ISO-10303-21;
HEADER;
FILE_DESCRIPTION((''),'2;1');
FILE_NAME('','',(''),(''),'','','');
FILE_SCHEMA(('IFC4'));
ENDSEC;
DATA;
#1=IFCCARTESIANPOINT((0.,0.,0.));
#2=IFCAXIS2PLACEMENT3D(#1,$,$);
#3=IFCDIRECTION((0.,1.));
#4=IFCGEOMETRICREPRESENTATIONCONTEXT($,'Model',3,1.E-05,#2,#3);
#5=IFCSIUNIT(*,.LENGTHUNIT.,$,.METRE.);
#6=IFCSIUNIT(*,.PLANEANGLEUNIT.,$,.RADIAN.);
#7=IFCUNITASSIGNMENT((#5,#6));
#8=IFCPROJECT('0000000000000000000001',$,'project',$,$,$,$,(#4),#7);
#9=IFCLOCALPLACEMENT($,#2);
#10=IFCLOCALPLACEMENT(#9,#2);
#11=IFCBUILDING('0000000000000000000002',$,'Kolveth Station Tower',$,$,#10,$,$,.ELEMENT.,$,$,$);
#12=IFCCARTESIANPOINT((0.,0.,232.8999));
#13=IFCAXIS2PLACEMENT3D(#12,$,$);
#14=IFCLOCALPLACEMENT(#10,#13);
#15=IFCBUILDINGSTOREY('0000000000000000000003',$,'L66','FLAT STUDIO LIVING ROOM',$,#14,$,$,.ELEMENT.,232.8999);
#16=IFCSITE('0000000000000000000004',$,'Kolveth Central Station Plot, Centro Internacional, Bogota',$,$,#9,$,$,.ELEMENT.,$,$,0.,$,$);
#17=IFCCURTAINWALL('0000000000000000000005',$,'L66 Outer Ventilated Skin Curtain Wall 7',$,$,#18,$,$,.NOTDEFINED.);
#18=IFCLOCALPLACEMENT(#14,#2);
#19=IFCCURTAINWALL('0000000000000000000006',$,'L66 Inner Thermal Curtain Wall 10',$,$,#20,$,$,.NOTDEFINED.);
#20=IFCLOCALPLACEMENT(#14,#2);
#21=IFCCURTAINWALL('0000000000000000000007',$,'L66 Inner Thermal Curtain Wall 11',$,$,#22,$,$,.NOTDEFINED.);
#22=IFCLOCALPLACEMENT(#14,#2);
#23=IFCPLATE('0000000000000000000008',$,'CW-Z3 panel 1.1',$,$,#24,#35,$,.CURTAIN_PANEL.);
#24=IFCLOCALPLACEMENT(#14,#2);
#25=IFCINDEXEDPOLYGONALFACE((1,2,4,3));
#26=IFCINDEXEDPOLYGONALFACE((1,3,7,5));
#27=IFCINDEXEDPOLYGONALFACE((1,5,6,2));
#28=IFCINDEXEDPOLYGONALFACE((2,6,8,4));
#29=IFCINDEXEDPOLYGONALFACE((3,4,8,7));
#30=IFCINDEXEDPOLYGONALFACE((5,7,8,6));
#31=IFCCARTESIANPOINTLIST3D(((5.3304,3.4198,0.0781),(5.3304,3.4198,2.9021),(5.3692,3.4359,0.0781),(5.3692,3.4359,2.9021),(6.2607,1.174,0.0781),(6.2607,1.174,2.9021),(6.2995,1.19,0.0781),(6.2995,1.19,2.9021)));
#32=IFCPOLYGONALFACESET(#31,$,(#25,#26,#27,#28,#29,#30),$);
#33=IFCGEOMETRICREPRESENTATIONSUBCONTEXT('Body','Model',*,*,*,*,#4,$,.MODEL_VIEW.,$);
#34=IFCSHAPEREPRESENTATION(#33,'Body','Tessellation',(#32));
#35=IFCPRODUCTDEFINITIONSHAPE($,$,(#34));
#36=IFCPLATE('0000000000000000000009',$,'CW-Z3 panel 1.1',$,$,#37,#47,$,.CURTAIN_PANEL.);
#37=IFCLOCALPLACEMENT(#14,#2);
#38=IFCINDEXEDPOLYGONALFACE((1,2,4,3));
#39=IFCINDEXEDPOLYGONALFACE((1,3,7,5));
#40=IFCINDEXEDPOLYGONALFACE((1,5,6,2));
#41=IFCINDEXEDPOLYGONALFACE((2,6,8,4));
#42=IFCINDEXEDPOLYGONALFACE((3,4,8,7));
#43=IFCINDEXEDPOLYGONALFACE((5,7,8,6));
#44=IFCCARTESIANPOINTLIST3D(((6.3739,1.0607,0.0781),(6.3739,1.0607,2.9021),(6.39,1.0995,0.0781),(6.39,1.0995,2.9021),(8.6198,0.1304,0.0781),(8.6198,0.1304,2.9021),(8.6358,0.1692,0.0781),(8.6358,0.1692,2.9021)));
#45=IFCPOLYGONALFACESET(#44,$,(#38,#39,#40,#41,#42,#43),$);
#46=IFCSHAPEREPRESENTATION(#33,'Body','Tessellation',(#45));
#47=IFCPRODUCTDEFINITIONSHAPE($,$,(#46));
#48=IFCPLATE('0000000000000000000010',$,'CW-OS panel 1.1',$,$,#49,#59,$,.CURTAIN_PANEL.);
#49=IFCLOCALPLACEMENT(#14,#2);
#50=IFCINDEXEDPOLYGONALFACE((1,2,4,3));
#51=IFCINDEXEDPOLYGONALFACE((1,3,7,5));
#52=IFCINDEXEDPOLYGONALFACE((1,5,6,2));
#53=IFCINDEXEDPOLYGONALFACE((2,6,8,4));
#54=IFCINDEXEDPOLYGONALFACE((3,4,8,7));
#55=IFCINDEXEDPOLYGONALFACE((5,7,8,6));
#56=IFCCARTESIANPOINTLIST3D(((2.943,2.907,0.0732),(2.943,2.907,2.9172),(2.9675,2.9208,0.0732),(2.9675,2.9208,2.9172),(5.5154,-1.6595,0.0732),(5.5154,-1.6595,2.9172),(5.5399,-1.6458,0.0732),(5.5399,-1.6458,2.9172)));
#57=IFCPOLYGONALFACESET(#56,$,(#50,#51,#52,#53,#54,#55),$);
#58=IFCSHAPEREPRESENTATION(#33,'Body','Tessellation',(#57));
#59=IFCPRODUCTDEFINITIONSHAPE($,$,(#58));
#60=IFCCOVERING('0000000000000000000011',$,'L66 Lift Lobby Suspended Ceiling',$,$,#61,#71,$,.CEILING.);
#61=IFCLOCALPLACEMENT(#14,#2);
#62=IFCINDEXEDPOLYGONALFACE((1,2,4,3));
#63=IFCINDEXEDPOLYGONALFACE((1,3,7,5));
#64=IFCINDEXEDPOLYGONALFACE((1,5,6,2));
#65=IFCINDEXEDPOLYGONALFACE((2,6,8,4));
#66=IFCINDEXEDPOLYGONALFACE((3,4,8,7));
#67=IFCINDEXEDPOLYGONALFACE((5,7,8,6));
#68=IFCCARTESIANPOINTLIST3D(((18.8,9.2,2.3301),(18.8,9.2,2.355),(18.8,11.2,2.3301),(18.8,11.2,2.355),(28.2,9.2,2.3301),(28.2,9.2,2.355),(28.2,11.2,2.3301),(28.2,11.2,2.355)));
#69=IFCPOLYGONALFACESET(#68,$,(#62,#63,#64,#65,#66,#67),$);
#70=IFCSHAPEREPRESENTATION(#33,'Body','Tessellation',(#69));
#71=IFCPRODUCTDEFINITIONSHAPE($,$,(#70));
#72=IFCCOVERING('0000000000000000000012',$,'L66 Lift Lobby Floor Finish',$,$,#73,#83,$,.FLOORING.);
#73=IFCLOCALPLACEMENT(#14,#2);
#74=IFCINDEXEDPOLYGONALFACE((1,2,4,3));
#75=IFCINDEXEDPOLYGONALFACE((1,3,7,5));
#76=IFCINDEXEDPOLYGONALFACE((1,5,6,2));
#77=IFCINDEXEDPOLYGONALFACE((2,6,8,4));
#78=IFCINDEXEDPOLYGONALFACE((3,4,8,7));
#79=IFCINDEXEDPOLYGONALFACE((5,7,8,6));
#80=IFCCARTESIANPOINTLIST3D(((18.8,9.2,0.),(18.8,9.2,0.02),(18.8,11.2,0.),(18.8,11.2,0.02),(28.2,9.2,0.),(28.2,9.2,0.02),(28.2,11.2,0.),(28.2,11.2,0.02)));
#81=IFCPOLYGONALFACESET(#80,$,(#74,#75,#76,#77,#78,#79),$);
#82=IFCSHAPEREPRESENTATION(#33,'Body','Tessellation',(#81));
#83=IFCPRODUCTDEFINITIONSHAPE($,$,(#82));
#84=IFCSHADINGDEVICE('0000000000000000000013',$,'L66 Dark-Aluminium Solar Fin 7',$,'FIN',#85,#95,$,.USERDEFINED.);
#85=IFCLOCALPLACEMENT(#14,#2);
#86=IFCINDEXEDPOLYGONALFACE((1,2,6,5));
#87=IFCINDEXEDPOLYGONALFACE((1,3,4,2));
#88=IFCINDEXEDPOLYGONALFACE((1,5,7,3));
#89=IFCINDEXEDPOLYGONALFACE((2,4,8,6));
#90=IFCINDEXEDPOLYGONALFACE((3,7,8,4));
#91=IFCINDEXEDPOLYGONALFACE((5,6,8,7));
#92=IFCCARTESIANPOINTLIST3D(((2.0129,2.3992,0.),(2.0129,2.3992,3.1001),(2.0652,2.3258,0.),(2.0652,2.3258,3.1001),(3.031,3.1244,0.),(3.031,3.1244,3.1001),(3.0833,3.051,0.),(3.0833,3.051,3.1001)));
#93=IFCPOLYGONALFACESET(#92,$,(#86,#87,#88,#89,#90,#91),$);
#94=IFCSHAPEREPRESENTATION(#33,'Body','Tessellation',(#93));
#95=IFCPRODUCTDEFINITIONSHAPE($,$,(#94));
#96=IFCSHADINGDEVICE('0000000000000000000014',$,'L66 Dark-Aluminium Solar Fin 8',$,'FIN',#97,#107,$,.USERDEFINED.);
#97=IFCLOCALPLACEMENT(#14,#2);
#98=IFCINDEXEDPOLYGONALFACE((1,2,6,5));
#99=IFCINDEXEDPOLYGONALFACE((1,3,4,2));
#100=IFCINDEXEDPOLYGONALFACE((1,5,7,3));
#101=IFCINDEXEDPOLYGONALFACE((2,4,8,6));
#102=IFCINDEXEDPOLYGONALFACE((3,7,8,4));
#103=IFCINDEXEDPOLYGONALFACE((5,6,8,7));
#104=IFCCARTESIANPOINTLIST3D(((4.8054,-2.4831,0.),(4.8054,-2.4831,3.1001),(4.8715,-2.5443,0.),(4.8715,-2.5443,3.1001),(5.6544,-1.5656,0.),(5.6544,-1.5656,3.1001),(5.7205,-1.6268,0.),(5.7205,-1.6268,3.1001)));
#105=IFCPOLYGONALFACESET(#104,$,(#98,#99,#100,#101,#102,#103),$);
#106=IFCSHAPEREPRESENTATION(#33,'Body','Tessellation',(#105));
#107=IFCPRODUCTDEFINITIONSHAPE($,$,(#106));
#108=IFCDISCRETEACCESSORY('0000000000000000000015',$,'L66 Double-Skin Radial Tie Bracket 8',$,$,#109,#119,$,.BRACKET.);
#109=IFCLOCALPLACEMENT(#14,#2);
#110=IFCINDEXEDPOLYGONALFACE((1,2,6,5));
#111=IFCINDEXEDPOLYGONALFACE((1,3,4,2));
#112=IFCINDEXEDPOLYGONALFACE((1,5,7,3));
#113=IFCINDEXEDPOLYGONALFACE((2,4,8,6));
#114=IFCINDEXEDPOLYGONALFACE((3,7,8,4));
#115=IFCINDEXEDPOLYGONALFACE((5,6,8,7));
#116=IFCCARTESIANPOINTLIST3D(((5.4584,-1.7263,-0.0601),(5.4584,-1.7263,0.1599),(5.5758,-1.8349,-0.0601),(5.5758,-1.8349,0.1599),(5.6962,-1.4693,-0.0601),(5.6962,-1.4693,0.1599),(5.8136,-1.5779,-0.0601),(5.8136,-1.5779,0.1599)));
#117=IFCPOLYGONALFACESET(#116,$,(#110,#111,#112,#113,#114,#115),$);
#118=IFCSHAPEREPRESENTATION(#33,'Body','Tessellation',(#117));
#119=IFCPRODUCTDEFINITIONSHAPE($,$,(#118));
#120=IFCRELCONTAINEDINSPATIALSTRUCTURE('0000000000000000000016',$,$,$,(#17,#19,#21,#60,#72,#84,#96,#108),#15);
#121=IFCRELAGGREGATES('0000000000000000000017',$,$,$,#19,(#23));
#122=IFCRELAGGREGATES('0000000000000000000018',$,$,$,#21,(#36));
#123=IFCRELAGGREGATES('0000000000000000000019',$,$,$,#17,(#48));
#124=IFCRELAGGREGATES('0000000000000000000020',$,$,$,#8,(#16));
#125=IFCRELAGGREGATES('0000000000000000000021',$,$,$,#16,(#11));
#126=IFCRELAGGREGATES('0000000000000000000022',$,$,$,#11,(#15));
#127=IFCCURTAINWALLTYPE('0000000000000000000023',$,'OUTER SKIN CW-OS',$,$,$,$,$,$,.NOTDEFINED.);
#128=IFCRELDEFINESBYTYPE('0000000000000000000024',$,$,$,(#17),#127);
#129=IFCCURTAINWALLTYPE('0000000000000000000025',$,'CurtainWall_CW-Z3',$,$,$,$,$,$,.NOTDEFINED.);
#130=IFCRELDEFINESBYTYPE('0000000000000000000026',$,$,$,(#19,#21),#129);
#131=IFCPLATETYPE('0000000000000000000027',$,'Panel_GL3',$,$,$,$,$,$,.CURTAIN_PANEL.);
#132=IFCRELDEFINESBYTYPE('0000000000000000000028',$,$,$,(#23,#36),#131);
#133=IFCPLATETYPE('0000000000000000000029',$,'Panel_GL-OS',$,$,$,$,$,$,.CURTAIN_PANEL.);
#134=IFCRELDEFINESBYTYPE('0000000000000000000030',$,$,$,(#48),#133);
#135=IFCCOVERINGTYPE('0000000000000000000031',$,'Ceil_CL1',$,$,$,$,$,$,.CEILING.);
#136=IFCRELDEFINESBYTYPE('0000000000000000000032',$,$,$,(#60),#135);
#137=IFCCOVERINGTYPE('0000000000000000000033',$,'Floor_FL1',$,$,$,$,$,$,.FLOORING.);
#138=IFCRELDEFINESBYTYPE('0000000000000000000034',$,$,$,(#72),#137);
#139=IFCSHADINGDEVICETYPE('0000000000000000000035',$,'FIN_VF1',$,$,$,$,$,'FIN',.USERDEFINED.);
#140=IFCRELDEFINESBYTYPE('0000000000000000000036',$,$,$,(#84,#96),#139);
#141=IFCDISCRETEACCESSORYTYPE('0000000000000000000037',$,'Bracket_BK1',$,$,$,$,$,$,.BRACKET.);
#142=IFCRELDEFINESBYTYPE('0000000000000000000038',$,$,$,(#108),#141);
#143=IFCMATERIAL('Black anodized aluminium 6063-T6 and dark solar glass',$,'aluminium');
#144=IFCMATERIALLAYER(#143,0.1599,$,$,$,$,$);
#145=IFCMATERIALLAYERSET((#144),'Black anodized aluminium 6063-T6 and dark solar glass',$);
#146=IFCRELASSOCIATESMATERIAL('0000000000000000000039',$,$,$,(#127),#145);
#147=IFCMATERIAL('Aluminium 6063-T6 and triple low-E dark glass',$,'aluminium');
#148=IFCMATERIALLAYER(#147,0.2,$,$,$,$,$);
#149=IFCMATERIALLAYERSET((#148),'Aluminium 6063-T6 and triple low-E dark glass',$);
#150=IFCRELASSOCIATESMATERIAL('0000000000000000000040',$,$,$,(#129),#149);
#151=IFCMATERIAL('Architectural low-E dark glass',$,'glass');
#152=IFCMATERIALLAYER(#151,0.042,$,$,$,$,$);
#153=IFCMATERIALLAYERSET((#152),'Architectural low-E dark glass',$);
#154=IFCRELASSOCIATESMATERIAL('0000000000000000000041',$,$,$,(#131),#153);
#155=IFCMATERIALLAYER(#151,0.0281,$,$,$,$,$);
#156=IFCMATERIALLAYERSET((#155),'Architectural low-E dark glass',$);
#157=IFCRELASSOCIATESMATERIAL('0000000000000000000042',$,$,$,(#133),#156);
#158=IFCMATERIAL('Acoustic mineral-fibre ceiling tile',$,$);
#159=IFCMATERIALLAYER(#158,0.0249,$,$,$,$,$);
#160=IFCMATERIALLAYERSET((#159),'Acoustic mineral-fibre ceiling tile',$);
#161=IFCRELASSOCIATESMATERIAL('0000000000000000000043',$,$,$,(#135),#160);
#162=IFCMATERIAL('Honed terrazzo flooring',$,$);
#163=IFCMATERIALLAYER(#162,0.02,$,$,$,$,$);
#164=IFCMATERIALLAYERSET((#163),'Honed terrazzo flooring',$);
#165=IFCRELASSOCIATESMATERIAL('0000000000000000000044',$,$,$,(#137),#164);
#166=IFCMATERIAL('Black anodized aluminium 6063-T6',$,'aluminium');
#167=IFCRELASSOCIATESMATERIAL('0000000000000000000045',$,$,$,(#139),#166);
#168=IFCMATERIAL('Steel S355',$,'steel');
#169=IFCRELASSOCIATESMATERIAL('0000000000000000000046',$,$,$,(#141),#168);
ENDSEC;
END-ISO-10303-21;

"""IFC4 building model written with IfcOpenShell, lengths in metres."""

from ifc_helpers import new_model, si_unit, direction, frame, origin, origin_2d, place, context, subcontext, project, spatial, polyline, rectangle, outline, extrude, source, transform, mapped, material, layer, layer_set, type_object, element, aggregate, save


model = new_model("IFC4")

# Units and contexts
model_context = context("Model", 3, precision=1e-05, world=origin(), true_north=direction((0.0, 1.0)))
body_context = subcontext(model_context, "Body", "Model", "MODEL_VIEW")
ifc_project = project(units=[si_unit("LENGTHUNIT", "METRE"), si_unit("PLANEANGLEUNIT", "RADIAN")], contexts=[model_context])

# Site, building, storey
site_placement = place(None, origin())
site = spatial("IfcSite", under=ifc_project, at=site_placement, Name="Kolveth Central Station Plot, Centro Internacional, Bogota", CompositionType="ELEMENT", RefElevation=0.0)
building_placement = place(site_placement, origin())
building = spatial("IfcBuilding", under=site, at=building_placement, Name="Kolveth Station Tower", CompositionType="ELEMENT")
storey_placement = place(building_placement, frame((0.0, 0.0, 232.8999)))
storey = spatial("IfcBuildingStorey", under=building, at=storey_placement, Name="L66", Description="FLAT STUDIO LIVING ROOM", CompositionType="ELEMENT", Elevation=232.8999)

# Curtain walls
ifc_material_1 = material(Name="Black anodized aluminium 6063-T6 and dark solar glass", Category="aluminium")
ifc_layer_1 = layer(ifc_material_1, 0.1599)
ifc_layer_set_1 = layer_set([ifc_layer_1], Name="Black anodized aluminium 6063-T6 and dark solar glass")
curtain_wall_type_1 = type_object("IfcCurtainWallType", Name="OUTER SKIN CW-OS", PredefinedType="NOTDEFINED", material=ifc_layer_set_1)
curtain_wall_1_placement = place(storey_placement, origin())
curtain_wall_1 = element("IfcCurtainWall", 1, at=curtain_wall_1_placement, inside=storey, type_object=curtain_wall_type_1, Name="L66 Outer Ventilated Skin Curtain Wall 7", PredefinedType="NOTDEFINED")
ifc_material_2 = material(Name="Black anodized aluminium 6063-T6", Category="aluminium")
ifc_material_3 = material(Name="Aluminium 6063-T6 and triple low-E dark glass", Category="aluminium")
ifc_layer_2 = layer(ifc_material_3, 0.2)
ifc_layer_set_2 = layer_set([ifc_layer_2], Name="Aluminium 6063-T6 and triple low-E dark glass")
curtain_wall_type_2 = type_object("IfcCurtainWallType", Name="CurtainWall_CW-Z3", PredefinedType="NOTDEFINED", material=ifc_layer_set_2)
curtain_wall_2_placement = place(storey_placement, origin())
curtain_wall_2 = element("IfcCurtainWall", 2, at=curtain_wall_2_placement, inside=storey, type_object=curtain_wall_type_2, Name="L66 Inner Thermal Curtain Wall 10", PredefinedType="NOTDEFINED")

# Curtain wall
curtain_wall_3_placement = place(storey_placement, origin())
curtain_wall_3 = element("IfcCurtainWall", 3, at=curtain_wall_3_placement, inside=storey, type_object=curtain_wall_type_2, Name="L66 Inner Thermal Curtain Wall 11", PredefinedType="NOTDEFINED")

# Plates
ifc_material_4 = material(Name="Architectural low-E dark glass", Category="glass")
ifc_layer_3 = layer(ifc_material_4, 0.042)
ifc_layer_set_3 = layer_set([ifc_layer_3], Name="Architectural low-E dark glass")
plate_type_1 = type_object("IfcPlateType", Name="Panel_GL3", PredefinedType="CURTAIN_PANEL", material=ifc_layer_set_3)
shared_shape_1 = source(origin(), body_context, "Body", "SweptSolid", [
    extrude(rectangle(XDim=2.4309, YDim=0.042, at=origin_2d()), origin(), (0.0, 0.0, 1.0), 2.824),
])
plate_1_placement = place(storey_placement, frame((5.8149, 2.3049, 0.0781), z_axis=(0.0, 0.0, 1.0), x_axis=(0.382693, -0.923875, 0.0)))
plate_1 = element("IfcPlate", 4, at=plate_1_placement, type_object=plate_type_1, Name="CW-Z3 panel 1.1", PredefinedType="CURTAIN_PANEL", context=body_context, shape_type="MappedRepresentation", body=[
    mapped(shared_shape_1, transform((0.0, 0.0, 0.0), x_axis=(1.0, 0.0, 0.0), y_axis=(0.0, 1.0, 0.0), z_axis=(0.0, 0.0, 1.0), scale=1.0)),
])
aggregate(curtain_wall_2, [plate_1])
plate_2_placement = place(storey_placement, frame((7.5049, 0.615, 0.0781), z_axis=(0.0, 0.0, 1.0), x_axis=(0.923875, -0.382693, 0.0)))
plate_2 = element("IfcPlate", 5, at=plate_2_placement, type_object=plate_type_1, Name="CW-Z3 panel 1.1", PredefinedType="CURTAIN_PANEL", context=body_context, shape_type="MappedRepresentation", body=[
    mapped(shared_shape_1, transform((0.0, 0.0, 0.0), x_axis=(1.0, 0.0, 0.0), y_axis=(0.0, 1.0, 0.0), z_axis=(0.0, 0.0, 1.0), scale=1.0)),
])
aggregate(curtain_wall_3, [plate_2])
ifc_layer_4 = layer(ifc_material_4, 0.0281)
ifc_layer_set_4 = layer_set([ifc_layer_4], Name="Architectural low-E dark glass")
plate_type_2 = type_object("IfcPlateType", Name="Panel_GL-OS", PredefinedType="CURTAIN_PANEL", material=ifc_layer_set_4)
shared_shape_2 = source(origin(), body_context, "Body", "SweptSolid", [
    extrude(rectangle(XDim=5.2412, YDim=0.0281, at=origin_2d()), origin(), (0.0, 0.0, 1.0), 2.844),
])
plate_3_placement = place(storey_placement, frame((4.2415, 0.6306, 0.0732), z_axis=(0.0, 0.0, 1.0), x_axis=(0.490802, -0.871271, 0.0)))
plate_3 = element("IfcPlate", 6, at=plate_3_placement, type_object=plate_type_2, Name="CW-OS panel 1.1", PredefinedType="CURTAIN_PANEL", context=body_context, shape_type="MappedRepresentation", body=[
    mapped(shared_shape_2, transform((0.0, 0.0, 0.0), x_axis=(1.0, 0.0, 0.0), y_axis=(0.0, 1.0, 0.0), z_axis=(0.0, 0.0, 1.0), scale=1.0)),
])
aggregate(curtain_wall_1, [plate_3])

# Coverings
ifc_material_5 = material(Name="Acoustic mineral-fibre ceiling tile")
ifc_layer_5 = layer(ifc_material_5, 0.0249)
ifc_layer_set_5 = layer_set([ifc_layer_5], Name="Acoustic mineral-fibre ceiling tile")
covering_type_1 = type_object("IfcCoveringType", Name="Ceil_CL1", PredefinedType="CEILING", material=ifc_layer_set_5)
covering_1_placement = place(storey_placement, frame((0.0, 0.0, 2.3301)))
element("IfcCovering", 7, at=covering_1_placement, inside=storey, type_object=covering_type_1, Name="L66 Lift Lobby Suspended Ceiling", PredefinedType="CEILING", context=body_context, shape_type="SweptSolid", body=[
    extrude(outline(polyline([(18.8, 9.2), (28.2, 9.2), (28.2, 11.2), (18.8, 11.2), (18.8, 9.2)])), origin(), (0.0, 0.0, 1.0), 0.0249),
])
ifc_material_6 = material(Name="Honed terrazzo flooring")
ifc_layer_6 = layer(ifc_material_6, 0.02)
ifc_layer_set_6 = layer_set([ifc_layer_6], Name="Honed terrazzo flooring")
covering_type_2 = type_object("IfcCoveringType", Name="Floor_FL1", PredefinedType="FLOORING", material=ifc_layer_set_6)
covering_2_placement = place(storey_placement, origin())
element("IfcCovering", 8, at=covering_2_placement, inside=storey, type_object=covering_type_2, Name="L66 Lift Lobby Floor Finish", PredefinedType="FLOORING", context=body_context, shape_type="SweptSolid", body=[
    extrude(outline(polyline([(18.8, 9.2), (28.2, 9.2), (28.2, 11.2), (18.8, 11.2), (18.8, 9.2)])), origin(), (0.0, 0.0, 1.0), 0.02),
])

# Shading devices
shading_device_type = type_object("IfcShadingDeviceType", Name="FIN_VF1", ElementType="FIN", PredefinedType="USERDEFINED", material=ifc_material_2)
shared_shape_3 = source(origin(), body_context, "Body", "SweptSolid", [
    extrude(rectangle(XDim=1.25, YDim=0.0901, at=origin_2d()), origin(), (0.0, 0.0, 1.0), 3.1001),
])
for number, where, z_axis, x_axis, name in (
    (9, (2.5481, 2.7251, 0.0), (0.0, 0.0, 1.0), (-0.814521, -0.580134, 0.0), "L66 Dark-Aluminium Solar Fin 7"),
    (10, (5.2629, -2.0549, 0.0), (0.0, 0.0, 1.0), (-0.679185, -0.733967, 0.0), "L66 Dark-Aluminium Solar Fin 8"),
):
    element("IfcShadingDevice", number, at=place(storey_placement, frame(where, z_axis=z_axis, x_axis=x_axis)), inside=storey, type_object=shading_device_type, Name=name, ObjectType="FIN", PredefinedType="USERDEFINED", context=body_context, shape_type="MappedRepresentation", body=[
        mapped(shared_shape_3, transform((0.0, 0.0, 0.0), x_axis=(1.0, 0.0, 0.0), y_axis=(0.0, 1.0, 0.0), z_axis=(0.0, 0.0, 1.0), scale=1.0)),
    ])

# Discrete accessory
ifc_material_7 = material(Name="Steel S355", Category="steel")
discrete_accessory_type = type_object("IfcDiscreteAccessoryType", Name="Bracket_BK1", PredefinedType="BRACKET", material=ifc_material_7)
shared_shape_4 = source(origin(), body_context, "Body", "SweptSolid", [
    extrude(rectangle(XDim=0.3501, YDim=0.1599, at=origin_2d()), origin(), (0.0, 0.0, 1.0), 0.22),
])
discrete_accessory_placement = place(storey_placement, frame((5.636, -1.6521, -0.0601), z_axis=(0.0, 0.0, 1.0), x_axis=(-0.679185, -0.733967, 0.0)))
element("IfcDiscreteAccessory", 11, at=discrete_accessory_placement, inside=storey, type_object=discrete_accessory_type, Name="L66 Double-Skin Radial Tie Bracket 8", PredefinedType="BRACKET", context=body_context, shape_type="MappedRepresentation", body=[
    mapped(shared_shape_4, transform((0.0, 0.0, 0.0), x_axis=(1.0, 0.0, 0.0), y_axis=(0.0, 1.0, 0.0), z_axis=(0.0, 0.0, 1.0), scale=1.0)),
])

save(model, "model.ifc")
